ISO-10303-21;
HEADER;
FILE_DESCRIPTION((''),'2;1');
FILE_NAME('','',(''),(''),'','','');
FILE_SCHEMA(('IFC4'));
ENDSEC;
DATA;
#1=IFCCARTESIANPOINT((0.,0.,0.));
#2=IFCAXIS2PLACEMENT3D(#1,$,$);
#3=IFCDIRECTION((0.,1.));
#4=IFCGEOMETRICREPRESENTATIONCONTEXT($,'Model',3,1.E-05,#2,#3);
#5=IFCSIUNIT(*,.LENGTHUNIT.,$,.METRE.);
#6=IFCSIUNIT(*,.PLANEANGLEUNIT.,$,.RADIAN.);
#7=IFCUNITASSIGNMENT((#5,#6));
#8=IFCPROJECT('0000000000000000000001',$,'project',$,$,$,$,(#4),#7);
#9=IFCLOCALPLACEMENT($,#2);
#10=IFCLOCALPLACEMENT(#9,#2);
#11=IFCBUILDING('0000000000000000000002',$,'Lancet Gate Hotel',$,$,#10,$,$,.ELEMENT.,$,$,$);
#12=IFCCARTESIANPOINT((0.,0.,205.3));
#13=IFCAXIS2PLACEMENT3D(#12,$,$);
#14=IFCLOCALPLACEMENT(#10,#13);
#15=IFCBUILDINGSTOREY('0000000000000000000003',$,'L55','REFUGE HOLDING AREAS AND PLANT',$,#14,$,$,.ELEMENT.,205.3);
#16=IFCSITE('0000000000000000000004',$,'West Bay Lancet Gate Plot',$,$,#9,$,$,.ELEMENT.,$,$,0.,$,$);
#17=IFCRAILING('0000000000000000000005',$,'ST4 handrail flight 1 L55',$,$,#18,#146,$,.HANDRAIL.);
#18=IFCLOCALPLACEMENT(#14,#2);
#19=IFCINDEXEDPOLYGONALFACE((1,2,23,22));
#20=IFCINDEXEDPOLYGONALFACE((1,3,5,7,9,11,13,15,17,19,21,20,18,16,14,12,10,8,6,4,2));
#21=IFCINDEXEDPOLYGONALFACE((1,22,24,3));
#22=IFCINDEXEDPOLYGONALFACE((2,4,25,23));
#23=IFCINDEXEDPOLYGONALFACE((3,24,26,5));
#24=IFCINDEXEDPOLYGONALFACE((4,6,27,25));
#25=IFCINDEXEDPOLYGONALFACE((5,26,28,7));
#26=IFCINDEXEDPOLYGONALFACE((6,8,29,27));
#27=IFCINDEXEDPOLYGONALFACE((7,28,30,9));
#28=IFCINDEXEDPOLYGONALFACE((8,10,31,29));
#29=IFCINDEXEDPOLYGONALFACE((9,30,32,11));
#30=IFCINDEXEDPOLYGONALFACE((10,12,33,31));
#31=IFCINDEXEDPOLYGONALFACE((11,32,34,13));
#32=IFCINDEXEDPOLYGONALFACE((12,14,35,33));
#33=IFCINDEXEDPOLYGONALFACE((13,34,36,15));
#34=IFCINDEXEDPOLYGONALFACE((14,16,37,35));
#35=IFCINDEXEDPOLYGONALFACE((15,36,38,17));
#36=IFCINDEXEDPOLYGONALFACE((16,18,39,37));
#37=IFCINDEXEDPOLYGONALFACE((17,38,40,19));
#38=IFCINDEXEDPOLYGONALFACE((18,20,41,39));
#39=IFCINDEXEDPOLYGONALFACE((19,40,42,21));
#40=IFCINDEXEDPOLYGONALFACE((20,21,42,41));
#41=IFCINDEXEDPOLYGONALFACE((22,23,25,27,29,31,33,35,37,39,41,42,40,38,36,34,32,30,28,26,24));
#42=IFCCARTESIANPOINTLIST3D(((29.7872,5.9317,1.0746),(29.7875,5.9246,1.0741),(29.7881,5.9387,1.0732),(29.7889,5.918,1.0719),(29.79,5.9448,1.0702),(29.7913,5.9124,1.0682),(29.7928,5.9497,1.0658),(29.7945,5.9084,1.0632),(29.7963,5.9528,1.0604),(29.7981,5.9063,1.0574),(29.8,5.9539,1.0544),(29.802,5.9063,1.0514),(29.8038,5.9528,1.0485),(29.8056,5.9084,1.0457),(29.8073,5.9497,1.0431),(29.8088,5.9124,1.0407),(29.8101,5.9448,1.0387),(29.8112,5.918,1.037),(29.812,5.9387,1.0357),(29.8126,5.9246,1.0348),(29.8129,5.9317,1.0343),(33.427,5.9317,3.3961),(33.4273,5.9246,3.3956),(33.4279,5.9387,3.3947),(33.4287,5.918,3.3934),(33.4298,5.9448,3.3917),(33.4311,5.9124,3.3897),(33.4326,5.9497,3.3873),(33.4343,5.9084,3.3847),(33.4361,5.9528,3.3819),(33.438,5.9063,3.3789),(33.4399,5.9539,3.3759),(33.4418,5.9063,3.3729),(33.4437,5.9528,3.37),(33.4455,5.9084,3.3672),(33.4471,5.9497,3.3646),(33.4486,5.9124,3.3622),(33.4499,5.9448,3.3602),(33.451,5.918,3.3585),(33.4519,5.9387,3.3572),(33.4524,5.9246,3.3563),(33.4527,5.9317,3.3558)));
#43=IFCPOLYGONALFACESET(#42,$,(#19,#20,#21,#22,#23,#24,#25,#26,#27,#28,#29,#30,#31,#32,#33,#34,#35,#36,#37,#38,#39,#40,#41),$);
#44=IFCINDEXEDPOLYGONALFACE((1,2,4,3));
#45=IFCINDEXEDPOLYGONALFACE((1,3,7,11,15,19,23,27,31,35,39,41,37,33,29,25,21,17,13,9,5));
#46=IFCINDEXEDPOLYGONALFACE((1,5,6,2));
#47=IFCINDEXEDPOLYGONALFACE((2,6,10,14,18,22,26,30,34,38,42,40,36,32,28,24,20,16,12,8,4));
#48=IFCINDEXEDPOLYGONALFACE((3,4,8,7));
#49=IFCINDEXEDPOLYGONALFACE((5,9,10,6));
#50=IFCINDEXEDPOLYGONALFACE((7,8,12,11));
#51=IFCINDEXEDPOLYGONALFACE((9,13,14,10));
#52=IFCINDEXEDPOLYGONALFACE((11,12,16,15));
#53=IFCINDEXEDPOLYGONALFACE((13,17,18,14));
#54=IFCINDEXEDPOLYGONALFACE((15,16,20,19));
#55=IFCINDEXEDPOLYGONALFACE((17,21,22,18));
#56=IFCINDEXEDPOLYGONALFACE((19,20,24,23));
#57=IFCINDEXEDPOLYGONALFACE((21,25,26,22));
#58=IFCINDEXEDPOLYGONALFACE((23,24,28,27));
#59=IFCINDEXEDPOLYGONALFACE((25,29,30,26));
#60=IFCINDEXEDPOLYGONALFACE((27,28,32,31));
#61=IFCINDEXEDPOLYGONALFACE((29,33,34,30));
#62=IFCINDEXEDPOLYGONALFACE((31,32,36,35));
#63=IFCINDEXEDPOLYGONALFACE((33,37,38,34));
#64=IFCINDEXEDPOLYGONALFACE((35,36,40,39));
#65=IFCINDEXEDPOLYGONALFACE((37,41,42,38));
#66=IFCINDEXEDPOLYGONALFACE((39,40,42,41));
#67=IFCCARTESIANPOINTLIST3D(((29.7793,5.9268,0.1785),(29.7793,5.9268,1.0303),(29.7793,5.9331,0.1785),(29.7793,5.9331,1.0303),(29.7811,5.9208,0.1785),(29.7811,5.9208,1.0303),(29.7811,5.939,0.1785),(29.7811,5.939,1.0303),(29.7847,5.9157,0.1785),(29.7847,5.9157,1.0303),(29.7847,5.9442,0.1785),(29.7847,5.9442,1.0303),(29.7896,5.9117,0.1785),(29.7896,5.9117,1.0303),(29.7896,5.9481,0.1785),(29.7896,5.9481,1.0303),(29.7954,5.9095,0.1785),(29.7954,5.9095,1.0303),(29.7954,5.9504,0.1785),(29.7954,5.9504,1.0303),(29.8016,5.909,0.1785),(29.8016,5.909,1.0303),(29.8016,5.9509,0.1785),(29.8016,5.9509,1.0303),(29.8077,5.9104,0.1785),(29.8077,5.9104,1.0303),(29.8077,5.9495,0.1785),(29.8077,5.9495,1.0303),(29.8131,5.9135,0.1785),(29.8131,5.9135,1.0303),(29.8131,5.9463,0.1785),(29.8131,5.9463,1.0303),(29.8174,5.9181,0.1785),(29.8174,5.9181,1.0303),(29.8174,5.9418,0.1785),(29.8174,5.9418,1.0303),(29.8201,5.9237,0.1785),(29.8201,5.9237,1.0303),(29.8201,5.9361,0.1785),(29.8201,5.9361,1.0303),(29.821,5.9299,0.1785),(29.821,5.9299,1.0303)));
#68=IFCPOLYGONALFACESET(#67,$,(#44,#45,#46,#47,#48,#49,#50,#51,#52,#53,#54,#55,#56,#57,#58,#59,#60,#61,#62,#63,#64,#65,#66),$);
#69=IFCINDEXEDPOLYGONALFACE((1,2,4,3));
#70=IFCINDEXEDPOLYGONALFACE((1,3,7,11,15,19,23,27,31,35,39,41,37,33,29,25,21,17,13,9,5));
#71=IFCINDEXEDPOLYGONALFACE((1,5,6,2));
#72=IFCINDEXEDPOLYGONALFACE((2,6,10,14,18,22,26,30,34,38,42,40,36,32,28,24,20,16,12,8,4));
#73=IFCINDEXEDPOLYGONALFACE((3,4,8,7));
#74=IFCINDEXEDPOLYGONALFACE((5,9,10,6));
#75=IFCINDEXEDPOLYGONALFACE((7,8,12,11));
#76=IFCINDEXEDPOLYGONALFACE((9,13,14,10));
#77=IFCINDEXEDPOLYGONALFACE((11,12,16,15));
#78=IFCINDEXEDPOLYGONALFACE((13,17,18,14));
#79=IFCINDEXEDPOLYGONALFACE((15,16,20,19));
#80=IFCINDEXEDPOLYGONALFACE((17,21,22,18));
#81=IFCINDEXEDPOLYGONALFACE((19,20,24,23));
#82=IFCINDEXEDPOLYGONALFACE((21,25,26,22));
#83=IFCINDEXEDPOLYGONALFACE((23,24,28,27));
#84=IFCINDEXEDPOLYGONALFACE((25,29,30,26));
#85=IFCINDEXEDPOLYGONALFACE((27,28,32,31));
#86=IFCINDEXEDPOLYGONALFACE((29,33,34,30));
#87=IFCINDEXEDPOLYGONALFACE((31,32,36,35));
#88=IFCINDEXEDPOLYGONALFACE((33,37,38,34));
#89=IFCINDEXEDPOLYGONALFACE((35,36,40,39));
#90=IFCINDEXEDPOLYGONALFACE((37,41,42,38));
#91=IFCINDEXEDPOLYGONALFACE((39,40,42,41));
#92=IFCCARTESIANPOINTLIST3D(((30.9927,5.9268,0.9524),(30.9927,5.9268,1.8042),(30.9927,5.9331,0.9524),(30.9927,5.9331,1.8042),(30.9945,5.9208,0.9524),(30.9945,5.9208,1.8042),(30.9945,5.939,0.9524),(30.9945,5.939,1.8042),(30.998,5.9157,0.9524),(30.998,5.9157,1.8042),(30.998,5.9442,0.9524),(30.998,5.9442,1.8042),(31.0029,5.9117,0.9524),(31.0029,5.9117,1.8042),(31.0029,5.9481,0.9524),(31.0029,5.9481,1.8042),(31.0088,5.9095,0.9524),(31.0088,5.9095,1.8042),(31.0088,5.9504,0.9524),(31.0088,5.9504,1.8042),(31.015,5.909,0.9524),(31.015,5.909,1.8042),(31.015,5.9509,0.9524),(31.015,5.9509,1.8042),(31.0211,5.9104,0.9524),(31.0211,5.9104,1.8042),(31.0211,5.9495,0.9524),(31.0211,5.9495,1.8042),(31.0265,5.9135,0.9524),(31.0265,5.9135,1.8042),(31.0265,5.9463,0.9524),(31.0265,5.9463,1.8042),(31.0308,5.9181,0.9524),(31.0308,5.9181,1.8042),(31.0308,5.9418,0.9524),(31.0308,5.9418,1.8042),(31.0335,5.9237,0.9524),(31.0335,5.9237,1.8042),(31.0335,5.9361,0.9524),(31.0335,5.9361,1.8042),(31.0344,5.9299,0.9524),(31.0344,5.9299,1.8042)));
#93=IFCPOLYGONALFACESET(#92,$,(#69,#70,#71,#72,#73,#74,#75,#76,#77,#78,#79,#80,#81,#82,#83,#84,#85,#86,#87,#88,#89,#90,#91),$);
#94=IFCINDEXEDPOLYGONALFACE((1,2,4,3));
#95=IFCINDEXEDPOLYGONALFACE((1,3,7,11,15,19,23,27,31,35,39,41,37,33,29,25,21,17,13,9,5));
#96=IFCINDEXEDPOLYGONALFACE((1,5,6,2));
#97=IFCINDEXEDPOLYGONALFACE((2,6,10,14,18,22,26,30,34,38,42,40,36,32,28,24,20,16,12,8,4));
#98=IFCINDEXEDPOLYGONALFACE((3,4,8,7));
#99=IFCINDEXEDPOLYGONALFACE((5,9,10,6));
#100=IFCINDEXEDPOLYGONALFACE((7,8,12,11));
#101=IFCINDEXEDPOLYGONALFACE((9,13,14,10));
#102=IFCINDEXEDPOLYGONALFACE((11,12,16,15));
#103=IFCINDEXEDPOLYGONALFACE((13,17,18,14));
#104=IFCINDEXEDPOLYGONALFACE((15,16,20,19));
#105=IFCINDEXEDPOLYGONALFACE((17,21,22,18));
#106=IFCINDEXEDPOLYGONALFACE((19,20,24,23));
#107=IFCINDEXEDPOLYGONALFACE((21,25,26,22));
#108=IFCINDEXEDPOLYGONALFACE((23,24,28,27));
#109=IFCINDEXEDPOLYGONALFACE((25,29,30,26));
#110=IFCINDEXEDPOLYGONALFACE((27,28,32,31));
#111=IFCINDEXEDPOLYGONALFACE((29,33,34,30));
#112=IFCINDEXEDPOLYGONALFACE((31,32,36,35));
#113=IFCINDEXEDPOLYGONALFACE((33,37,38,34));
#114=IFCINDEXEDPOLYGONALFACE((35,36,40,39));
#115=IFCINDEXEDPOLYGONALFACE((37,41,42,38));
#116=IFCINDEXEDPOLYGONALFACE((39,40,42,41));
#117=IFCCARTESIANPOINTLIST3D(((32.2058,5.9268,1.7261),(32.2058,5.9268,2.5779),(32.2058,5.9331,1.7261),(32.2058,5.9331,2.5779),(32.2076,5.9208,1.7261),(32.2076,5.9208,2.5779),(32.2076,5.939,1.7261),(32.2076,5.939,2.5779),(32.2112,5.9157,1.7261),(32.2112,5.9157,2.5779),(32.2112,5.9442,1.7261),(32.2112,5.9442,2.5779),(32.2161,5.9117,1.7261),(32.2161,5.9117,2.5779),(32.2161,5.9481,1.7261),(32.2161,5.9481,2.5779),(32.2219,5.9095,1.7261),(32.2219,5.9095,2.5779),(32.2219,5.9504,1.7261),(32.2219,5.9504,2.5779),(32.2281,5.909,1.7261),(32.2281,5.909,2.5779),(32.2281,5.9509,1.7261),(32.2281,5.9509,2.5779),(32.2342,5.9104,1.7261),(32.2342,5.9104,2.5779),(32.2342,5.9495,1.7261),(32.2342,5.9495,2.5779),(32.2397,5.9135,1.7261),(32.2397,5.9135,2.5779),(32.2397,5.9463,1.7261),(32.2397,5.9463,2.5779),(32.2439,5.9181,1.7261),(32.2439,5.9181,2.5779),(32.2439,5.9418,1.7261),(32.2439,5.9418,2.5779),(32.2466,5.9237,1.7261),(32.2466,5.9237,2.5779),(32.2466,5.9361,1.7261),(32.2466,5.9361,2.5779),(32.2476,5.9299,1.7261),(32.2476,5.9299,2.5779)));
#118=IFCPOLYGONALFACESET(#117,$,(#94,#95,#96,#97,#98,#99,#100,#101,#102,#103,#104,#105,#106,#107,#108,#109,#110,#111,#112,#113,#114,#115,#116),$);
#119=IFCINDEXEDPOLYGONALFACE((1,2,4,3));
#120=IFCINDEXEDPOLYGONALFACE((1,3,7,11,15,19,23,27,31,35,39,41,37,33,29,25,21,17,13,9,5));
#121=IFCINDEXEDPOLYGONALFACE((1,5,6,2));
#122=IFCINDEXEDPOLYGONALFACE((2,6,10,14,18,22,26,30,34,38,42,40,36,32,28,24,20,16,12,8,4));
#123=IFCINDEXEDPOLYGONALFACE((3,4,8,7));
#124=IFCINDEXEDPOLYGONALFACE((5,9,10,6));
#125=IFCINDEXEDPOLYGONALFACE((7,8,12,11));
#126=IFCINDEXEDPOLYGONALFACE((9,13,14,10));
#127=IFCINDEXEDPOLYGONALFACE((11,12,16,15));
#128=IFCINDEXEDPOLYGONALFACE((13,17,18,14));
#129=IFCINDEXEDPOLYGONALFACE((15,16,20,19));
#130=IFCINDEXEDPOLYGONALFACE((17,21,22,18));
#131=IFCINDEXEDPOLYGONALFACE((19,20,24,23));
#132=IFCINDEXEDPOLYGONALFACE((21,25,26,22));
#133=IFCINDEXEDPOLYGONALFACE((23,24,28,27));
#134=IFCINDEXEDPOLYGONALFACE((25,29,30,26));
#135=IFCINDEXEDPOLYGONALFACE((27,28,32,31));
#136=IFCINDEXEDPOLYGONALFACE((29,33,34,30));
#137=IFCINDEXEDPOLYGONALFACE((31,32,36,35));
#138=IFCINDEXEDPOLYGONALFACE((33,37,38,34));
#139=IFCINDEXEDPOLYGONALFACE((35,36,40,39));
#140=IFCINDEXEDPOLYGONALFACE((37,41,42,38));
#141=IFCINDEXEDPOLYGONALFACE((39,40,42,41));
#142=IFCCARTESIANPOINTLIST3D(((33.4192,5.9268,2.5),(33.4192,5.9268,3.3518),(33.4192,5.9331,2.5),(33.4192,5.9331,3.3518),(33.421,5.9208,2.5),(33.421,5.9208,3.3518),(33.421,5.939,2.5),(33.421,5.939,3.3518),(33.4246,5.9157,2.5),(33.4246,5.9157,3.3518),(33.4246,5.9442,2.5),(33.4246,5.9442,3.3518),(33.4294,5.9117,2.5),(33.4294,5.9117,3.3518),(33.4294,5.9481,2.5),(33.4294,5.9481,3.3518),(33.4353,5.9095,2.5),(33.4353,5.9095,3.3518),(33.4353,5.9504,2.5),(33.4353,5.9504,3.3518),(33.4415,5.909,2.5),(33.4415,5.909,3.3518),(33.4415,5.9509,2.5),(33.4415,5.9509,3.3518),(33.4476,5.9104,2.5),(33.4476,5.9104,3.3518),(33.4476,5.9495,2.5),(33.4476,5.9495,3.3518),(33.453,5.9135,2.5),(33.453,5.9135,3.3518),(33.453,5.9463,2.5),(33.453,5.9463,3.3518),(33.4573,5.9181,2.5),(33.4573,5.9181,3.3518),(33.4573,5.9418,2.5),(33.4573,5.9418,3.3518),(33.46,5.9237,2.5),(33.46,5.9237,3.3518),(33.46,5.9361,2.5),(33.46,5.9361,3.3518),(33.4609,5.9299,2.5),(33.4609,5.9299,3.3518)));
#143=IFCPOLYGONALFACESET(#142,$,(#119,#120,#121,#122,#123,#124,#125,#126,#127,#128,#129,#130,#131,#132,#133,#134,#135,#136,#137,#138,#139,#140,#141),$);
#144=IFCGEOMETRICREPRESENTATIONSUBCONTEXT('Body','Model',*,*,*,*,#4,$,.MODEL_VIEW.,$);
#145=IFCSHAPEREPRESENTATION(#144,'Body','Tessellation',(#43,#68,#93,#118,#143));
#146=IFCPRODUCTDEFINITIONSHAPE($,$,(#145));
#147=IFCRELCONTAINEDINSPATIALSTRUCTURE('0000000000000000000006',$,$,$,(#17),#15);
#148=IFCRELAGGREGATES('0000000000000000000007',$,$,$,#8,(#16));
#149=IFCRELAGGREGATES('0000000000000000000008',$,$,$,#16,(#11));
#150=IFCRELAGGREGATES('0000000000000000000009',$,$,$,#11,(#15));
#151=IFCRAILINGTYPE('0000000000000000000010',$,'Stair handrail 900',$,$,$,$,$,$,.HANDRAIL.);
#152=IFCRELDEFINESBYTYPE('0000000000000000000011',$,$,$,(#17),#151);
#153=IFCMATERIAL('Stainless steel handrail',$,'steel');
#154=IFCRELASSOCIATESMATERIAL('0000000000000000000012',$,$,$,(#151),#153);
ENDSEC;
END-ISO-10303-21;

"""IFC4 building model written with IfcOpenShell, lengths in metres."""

from ifc_helpers import new_model, si_unit, direction, frame, origin, origin_2d, place, context, subcontext, project, spatial, circle, extrude, material, type_object, element, save


model = new_model("IFC4")

# Units and contexts
model_context = context("Model", 3, precision=1e-05, world=origin(), true_north=direction((0.0, 1.0)))
body_context = subcontext(model_context, "Body", "Model", "MODEL_VIEW")
ifc_project = project(units=[si_unit("LENGTHUNIT", "METRE"), si_unit("PLANEANGLEUNIT", "RADIAN")], contexts=[model_context])

# Site, building, storey
site_placement = place(None, origin())
site = spatial("IfcSite", under=ifc_project, at=site_placement, Name="West Bay Lancet Gate Plot", CompositionType="ELEMENT", RefElevation=0.0)
building_placement = place(site_placement, origin())
building = spatial("IfcBuilding", under=site, at=building_placement, Name="Lancet Gate Hotel", CompositionType="ELEMENT")
storey_placement = place(building_placement, frame((0.0, 0.0, 205.3)))
storey = spatial("IfcBuildingStorey", under=building, at=storey_placement, Name="L55", Description="REFUGE HOLDING AREAS AND PLANT", CompositionType="ELEMENT", Elevation=205.3)

# Railing
ifc_material_1 = material(Name="Stainless steel handrail", Category="steel")
railing_type = type_object("IfcRailingType", Name="Stair handrail 900", PredefinedType="HANDRAIL", material=ifc_material_1)
railing_1_placement = place(storey_placement, frame((29.8, 5.9299, 0.1785)))
element("IfcRailing", 1, at=railing_1_placement, inside=storey, type_object=railing_type, Name="ST4 handrail flight 1 L55", PredefinedType="HANDRAIL", context=body_context, shape_type="SweptSolid", body=[
    extrude(circle(Radius=0.0239, at=origin_2d()), frame((0.0, 0.0, 0.876), z_axis=(0.843112, 0.0, 0.537739), x_axis=(0.0, 1.0, 0.0)), (0.0, 0.0, 1.0), 4.3171),
    extrude(circle(Radius=0.021, at=origin_2d()), origin(), (0.0, 0.0, 1.0), 0.8518),
    extrude(circle(Radius=0.021, at=origin_2d()), frame((1.2134, 0.0, 0.7739)), (0.0, 0.0, 1.0), 0.8518),
    extrude(circle(Radius=0.021, at=origin_2d()), frame((2.4265, 0.0, 1.5476)), (0.0, 0.0, 1.0), 0.8518),
    extrude(circle(Radius=0.021, at=origin_2d()), frame((3.6399, 0.0, 2.3215)), (0.0, 0.0, 1.0), 0.8518),
])

save(model, "model.ifc")
